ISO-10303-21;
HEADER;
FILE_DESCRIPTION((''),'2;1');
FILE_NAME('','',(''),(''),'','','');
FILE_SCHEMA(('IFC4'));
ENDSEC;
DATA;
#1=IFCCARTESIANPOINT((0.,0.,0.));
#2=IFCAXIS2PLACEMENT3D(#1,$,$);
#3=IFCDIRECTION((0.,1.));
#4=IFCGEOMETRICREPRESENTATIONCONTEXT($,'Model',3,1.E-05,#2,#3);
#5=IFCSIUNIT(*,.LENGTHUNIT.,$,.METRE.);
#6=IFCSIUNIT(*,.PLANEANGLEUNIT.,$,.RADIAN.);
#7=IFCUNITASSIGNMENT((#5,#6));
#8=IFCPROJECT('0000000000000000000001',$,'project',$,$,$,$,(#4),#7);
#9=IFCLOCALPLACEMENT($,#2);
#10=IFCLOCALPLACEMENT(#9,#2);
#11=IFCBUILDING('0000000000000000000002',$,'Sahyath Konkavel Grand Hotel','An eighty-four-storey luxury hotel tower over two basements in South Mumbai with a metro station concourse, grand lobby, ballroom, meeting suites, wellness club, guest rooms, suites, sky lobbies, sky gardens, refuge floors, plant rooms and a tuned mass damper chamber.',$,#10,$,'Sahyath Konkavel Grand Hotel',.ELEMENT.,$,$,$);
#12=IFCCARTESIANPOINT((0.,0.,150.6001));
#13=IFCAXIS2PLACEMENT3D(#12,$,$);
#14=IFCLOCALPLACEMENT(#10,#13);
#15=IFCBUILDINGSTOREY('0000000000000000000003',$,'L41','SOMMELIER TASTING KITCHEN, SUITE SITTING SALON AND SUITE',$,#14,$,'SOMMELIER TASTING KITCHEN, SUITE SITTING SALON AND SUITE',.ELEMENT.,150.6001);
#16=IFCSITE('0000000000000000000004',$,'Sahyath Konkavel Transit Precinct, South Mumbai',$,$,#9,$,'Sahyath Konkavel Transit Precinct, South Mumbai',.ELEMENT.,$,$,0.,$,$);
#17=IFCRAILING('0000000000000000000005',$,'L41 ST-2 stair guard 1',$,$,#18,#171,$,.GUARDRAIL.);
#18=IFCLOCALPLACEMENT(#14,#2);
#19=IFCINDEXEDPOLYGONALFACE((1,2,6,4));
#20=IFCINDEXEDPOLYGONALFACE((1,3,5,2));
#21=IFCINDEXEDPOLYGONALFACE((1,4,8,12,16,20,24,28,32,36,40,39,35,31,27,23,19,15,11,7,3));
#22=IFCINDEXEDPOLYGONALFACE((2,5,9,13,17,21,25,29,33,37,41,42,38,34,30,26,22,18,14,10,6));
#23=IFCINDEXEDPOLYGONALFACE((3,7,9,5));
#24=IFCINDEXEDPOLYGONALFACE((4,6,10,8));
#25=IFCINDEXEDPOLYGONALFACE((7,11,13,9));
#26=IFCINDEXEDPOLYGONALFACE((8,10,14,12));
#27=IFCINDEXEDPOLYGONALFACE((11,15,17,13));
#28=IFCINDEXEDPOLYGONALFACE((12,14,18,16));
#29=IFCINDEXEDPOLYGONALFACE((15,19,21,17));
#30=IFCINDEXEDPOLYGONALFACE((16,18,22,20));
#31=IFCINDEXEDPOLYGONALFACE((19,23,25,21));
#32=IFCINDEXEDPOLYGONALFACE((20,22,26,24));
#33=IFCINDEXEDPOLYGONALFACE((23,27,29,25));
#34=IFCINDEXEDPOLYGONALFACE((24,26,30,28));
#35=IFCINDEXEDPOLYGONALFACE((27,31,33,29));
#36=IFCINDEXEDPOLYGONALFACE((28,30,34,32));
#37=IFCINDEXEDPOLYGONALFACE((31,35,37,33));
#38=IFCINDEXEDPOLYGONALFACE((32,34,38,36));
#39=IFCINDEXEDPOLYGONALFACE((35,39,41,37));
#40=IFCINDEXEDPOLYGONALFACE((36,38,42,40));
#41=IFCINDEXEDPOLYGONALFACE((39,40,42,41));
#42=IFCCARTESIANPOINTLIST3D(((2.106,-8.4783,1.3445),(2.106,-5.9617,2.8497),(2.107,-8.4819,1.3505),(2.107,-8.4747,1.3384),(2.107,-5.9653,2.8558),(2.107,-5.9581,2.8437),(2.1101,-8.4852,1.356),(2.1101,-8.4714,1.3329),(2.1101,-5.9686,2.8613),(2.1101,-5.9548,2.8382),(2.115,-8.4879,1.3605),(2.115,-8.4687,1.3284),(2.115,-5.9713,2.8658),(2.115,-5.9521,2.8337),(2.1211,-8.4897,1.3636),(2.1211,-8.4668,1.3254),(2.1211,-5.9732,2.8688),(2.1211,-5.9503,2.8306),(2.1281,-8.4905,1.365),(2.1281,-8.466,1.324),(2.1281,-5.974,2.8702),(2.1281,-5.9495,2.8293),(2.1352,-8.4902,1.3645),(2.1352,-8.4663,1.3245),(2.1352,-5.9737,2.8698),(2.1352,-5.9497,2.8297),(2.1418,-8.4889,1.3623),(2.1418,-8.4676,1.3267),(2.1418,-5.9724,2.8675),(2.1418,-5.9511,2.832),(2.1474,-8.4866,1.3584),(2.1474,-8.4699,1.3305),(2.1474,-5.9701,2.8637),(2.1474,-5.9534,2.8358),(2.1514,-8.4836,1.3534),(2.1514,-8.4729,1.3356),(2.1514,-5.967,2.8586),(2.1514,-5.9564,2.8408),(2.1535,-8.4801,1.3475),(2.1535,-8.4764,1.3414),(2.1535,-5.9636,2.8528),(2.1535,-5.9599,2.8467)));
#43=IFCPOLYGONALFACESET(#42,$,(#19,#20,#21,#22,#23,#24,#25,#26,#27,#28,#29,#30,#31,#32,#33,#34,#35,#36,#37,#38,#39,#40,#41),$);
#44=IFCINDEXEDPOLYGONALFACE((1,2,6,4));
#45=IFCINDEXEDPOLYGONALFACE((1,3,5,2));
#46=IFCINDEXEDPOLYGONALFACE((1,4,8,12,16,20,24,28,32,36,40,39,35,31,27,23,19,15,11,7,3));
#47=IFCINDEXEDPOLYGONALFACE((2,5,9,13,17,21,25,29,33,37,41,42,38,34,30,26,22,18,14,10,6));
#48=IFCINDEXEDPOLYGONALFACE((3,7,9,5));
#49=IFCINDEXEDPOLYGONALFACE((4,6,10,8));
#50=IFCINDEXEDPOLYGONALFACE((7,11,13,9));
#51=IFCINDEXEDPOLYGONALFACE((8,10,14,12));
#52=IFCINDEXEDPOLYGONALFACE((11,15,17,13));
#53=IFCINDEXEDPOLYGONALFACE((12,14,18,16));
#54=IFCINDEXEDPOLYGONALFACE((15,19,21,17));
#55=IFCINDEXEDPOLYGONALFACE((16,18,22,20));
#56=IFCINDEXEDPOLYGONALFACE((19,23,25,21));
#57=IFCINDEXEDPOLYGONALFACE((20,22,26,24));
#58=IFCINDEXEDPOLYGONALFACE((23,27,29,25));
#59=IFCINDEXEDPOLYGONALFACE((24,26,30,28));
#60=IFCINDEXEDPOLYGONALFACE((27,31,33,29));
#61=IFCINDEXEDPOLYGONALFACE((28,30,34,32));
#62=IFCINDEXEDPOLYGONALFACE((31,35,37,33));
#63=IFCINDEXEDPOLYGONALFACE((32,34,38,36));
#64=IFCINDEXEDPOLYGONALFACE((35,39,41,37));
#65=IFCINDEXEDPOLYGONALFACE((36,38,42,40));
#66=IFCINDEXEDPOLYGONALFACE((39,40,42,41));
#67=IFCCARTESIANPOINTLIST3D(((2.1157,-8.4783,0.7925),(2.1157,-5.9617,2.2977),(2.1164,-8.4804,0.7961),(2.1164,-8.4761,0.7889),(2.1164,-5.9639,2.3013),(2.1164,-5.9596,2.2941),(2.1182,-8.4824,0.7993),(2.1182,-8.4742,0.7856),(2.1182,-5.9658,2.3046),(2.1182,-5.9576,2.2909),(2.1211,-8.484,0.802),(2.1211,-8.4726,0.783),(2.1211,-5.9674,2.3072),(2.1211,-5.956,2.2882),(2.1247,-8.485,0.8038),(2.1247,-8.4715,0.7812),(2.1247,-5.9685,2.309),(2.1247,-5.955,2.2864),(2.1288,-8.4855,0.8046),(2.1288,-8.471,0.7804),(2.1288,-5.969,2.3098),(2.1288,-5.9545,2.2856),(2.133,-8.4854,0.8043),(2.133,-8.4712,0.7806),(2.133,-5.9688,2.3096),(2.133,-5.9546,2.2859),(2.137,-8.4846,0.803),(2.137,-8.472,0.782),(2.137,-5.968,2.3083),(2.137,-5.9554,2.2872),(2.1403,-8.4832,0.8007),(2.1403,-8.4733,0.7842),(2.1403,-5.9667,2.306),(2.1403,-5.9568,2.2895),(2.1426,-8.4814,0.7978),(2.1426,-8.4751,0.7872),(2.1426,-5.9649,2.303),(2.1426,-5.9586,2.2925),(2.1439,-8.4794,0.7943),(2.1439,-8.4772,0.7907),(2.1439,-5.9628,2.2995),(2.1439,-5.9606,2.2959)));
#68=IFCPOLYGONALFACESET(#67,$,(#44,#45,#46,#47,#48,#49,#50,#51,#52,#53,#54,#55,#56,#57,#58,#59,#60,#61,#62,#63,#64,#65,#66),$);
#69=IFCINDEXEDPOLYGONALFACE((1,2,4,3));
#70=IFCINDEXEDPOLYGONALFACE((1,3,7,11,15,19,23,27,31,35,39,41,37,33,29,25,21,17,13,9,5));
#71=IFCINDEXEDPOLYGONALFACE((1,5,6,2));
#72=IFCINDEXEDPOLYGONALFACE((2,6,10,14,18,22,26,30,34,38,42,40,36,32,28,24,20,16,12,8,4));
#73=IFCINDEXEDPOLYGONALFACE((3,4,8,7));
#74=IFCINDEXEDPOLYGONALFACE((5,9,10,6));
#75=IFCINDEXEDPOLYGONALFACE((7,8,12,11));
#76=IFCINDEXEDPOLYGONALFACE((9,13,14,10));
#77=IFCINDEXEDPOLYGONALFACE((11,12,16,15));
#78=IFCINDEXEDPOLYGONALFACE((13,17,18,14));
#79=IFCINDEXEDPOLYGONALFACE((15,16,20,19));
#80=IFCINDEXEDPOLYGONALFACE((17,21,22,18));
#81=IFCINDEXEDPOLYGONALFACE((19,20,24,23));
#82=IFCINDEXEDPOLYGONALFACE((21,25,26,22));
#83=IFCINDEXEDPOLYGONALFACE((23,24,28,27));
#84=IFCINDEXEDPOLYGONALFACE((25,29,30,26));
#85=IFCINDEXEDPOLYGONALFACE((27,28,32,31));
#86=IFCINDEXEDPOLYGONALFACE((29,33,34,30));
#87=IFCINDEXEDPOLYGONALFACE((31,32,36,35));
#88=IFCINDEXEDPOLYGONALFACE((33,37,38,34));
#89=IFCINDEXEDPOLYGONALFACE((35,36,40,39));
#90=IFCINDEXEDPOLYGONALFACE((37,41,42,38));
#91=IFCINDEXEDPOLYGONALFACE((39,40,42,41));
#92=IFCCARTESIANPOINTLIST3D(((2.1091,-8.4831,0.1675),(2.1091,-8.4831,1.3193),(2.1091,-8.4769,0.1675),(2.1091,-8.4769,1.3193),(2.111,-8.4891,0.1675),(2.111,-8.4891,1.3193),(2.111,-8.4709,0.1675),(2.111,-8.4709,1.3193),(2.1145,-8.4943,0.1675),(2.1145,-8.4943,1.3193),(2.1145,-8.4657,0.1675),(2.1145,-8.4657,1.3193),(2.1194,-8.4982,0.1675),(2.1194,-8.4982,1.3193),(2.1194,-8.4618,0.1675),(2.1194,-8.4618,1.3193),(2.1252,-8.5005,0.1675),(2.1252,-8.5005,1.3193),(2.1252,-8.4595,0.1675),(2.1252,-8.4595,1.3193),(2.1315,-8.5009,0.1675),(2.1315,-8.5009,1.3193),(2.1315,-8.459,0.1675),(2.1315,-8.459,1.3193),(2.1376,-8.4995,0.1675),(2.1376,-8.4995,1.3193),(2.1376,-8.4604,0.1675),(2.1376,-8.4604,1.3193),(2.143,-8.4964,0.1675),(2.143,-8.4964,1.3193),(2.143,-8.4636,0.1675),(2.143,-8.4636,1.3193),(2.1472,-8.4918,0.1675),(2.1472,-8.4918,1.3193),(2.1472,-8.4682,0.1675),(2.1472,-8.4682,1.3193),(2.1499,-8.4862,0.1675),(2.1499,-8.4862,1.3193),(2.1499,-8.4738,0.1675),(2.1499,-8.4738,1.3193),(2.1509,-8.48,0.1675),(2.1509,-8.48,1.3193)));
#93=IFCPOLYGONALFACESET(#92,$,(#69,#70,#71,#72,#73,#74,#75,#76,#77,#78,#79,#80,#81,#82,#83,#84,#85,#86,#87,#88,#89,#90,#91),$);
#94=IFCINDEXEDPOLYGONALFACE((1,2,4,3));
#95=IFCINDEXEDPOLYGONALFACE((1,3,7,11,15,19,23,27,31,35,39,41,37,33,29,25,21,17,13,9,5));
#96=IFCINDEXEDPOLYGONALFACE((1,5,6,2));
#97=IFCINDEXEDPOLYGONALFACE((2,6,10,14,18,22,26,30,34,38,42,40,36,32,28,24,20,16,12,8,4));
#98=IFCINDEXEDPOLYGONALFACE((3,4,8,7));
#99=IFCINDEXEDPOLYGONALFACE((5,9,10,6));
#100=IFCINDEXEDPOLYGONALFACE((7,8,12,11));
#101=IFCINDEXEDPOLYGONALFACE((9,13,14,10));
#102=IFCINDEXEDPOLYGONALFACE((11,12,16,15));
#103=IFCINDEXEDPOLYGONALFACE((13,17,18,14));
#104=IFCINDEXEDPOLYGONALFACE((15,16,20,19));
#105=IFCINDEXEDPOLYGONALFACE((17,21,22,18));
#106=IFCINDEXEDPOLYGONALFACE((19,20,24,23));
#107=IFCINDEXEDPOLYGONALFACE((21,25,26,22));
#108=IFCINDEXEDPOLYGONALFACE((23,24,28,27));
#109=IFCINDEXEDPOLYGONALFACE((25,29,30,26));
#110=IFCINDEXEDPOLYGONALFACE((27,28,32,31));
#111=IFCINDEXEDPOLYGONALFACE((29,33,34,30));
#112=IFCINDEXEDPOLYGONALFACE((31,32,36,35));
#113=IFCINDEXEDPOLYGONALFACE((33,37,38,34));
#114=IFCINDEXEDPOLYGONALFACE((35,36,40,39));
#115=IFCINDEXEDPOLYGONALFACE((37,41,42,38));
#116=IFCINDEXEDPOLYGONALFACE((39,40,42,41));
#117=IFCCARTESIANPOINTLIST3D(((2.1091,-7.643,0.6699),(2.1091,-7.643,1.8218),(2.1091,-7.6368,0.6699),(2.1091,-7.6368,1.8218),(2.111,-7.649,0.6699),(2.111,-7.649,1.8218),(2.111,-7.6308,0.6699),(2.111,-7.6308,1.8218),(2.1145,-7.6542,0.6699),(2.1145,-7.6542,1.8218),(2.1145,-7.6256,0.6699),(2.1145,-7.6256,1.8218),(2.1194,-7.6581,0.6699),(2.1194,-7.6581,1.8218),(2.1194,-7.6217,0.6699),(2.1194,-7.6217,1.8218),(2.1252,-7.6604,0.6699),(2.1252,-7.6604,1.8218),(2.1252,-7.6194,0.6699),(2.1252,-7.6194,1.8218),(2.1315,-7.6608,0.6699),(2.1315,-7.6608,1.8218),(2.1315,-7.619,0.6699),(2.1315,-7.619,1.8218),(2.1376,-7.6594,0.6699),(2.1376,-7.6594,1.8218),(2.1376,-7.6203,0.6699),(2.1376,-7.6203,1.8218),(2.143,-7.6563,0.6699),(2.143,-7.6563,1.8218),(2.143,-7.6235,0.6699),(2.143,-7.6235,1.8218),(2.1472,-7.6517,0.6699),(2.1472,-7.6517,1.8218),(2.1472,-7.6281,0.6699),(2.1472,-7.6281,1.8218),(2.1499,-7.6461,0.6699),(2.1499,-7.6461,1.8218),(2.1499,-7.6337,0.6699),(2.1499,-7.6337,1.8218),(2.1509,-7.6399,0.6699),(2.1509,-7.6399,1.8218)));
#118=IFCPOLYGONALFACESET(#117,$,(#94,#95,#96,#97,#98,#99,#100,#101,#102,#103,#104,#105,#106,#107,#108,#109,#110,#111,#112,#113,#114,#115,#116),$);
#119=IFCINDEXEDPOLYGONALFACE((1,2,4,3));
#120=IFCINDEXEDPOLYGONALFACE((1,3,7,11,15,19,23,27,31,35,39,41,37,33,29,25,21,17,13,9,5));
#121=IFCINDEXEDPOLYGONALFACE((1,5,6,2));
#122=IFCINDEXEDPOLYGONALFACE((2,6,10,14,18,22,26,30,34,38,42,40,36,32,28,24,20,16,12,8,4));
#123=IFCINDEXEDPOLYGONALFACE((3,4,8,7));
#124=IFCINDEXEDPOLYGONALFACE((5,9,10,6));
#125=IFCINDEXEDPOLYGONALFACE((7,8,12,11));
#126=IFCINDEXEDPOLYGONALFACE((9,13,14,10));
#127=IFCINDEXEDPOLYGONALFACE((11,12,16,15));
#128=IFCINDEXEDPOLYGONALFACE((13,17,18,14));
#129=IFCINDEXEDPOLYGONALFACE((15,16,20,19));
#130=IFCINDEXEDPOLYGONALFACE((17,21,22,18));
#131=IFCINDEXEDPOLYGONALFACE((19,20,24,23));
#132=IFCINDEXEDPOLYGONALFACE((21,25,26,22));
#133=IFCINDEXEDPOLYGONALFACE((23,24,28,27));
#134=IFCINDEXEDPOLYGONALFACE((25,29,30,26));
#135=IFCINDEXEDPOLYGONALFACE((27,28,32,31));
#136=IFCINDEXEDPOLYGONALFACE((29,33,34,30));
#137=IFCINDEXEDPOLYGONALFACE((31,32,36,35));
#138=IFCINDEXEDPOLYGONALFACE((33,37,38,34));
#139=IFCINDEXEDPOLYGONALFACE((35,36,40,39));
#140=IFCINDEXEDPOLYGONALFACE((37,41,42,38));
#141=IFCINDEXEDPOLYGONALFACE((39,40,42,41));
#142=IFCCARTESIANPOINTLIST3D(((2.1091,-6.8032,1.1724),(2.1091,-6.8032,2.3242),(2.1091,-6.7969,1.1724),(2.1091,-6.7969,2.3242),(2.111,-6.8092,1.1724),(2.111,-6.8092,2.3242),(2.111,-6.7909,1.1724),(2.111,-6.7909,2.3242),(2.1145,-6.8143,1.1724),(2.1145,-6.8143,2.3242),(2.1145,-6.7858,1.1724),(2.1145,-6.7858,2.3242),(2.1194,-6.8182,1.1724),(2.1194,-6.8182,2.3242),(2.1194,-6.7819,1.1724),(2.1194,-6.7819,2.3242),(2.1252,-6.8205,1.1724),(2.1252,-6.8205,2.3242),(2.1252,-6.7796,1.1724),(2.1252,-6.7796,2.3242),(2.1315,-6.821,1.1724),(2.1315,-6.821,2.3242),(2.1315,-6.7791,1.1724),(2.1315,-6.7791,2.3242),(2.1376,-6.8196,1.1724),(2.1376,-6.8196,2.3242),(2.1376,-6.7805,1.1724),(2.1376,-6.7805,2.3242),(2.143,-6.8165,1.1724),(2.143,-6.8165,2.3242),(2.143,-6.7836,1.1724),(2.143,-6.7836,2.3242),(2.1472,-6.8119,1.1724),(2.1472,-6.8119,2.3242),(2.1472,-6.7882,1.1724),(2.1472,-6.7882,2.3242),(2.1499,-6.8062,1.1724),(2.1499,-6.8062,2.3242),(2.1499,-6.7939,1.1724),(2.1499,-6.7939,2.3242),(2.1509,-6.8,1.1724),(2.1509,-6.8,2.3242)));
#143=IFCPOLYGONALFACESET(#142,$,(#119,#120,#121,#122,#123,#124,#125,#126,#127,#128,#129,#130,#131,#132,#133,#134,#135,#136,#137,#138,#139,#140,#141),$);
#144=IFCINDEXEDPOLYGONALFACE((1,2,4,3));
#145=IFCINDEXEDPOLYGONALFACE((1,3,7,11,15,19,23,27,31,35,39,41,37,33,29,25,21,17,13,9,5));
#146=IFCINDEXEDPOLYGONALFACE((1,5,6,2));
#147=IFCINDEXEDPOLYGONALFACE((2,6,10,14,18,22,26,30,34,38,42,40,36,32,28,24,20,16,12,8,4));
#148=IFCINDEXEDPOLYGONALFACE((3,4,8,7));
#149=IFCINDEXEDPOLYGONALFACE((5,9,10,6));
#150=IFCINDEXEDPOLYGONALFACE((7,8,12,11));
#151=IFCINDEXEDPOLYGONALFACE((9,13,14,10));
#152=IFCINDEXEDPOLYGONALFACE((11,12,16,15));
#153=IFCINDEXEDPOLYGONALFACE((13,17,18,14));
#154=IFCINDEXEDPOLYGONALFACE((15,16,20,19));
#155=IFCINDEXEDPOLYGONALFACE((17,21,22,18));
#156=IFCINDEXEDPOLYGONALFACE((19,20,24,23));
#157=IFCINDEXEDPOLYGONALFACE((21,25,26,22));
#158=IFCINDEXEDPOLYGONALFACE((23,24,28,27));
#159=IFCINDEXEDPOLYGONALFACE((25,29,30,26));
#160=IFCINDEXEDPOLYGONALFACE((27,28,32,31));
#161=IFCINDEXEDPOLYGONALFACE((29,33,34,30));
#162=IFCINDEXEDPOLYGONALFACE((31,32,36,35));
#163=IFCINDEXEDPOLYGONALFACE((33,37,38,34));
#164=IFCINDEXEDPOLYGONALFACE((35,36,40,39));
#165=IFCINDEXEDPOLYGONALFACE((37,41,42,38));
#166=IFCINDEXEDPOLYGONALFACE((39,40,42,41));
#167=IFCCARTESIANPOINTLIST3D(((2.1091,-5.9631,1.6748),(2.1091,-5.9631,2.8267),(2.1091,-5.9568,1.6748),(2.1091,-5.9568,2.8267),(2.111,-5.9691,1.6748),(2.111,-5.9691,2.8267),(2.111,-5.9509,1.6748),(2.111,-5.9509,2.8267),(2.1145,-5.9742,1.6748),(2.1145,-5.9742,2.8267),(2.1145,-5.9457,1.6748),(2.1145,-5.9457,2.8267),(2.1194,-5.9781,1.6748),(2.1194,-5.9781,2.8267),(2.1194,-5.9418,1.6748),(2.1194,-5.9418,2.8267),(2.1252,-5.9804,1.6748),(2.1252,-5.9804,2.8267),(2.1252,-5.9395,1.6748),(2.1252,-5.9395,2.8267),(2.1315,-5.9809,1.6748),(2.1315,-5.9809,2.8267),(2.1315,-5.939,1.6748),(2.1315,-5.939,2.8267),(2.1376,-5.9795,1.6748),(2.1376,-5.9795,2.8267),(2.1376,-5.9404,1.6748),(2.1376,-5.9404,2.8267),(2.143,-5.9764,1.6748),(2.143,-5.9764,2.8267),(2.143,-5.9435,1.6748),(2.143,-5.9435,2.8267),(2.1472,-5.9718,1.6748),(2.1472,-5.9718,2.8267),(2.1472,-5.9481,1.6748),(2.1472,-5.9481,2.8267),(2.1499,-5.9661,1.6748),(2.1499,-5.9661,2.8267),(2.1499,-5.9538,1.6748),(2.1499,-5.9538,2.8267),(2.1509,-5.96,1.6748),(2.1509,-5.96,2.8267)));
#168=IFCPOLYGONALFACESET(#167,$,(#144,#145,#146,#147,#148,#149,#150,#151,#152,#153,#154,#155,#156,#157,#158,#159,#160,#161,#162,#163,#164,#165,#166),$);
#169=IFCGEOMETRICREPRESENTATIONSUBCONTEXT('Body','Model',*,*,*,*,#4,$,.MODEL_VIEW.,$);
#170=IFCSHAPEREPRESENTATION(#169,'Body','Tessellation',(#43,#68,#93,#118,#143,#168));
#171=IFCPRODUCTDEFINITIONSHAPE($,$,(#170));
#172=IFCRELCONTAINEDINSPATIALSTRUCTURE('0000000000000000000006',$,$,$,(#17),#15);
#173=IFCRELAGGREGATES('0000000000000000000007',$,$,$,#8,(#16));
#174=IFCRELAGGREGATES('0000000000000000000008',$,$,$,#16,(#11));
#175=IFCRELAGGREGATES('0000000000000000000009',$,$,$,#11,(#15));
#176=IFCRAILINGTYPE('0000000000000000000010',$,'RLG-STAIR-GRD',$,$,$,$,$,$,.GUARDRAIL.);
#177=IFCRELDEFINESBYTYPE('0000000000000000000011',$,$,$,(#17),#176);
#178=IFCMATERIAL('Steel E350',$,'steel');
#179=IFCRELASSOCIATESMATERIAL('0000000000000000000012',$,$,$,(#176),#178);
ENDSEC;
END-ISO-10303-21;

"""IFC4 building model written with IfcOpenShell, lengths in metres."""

from ifc_helpers import new_model, si_unit, direction, frame, origin, origin_2d, place, context, subcontext, project, spatial, circle, extrude, material, type_object, element, save


model = new_model("IFC4")

# Units and contexts
model_context = context("Model", 3, precision=1e-05, world=origin(), true_north=direction((0.0, 1.0)))
body_context = subcontext(model_context, "Body", "Model", "MODEL_VIEW")
ifc_project = project(units=[si_unit("LENGTHUNIT", "METRE"), si_unit("PLANEANGLEUNIT", "RADIAN")], contexts=[model_context])

# Site, building, storey
site_placement = place(None, origin())
site = spatial("IfcSite", under=ifc_project, at=site_placement, Name="Sahyath Konkavel Transit Precinct, South Mumbai", LongName="Sahyath Konkavel Transit Precinct, South Mumbai", CompositionType="ELEMENT", RefElevation=0.0)
building_placement = place(site_placement, origin())
building = spatial("IfcBuilding", under=site, at=building_placement, Name="Sahyath Konkavel Grand Hotel", Description="An eighty-four-storey luxury hotel tower over two basements in South Mumbai with a metro station concourse, grand lobby, ballroom, meeting suites, wellness club, guest rooms, suites, sky lobbies, sky gardens, refuge floors, plant rooms and a tuned mass damper chamber.", LongName="Sahyath Konkavel Grand Hotel", CompositionType="ELEMENT")
storey_placement = place(building_placement, frame((0.0, 0.0, 150.6001)))
storey = spatial("IfcBuildingStorey", under=building, at=storey_placement, Name="L41", Description="SOMMELIER TASTING KITCHEN, SUITE SITTING SALON AND SUITE", LongName="SOMMELIER TASTING KITCHEN, SUITE SITTING SALON AND SUITE", CompositionType="ELEMENT", Elevation=150.6001)

# Shared definitions
ifc_material_1 = material(Name="Steel E350", Category="steel")

# Railing
railing_type_1 = type_object("IfcRailingType", Name="RLG-STAIR-GRD", PredefinedType="GUARDRAIL", material=ifc_material_1)
railing_1_placement = place(storey_placement, frame((2.1299, -8.48, 0.1675)))
element("IfcRailing", 1, at=railing_1_placement, inside=storey, type_object=railing_type_1, Name="L41 ST-2 stair guard 1", PredefinedType="GUARDRAIL", context=body_context, shape_type="SweptSolid", body=[
    extrude(circle(Radius=0.0239, at=origin_2d()), frame((0.0, 0.0017, 1.177), z_axis=(0.0, 0.858196, 0.513321), x_axis=(-1.0, 0.0, 0.0)), (0.0, 0.0, 1.0), 2.9324),
    extrude(circle(Radius=0.0142, at=origin_2d()), frame((0.0, 0.0017, 0.625), z_axis=(0.0, 0.858196, 0.513321), x_axis=(-1.0, 0.0, 0.0)), (0.0, 0.0, 1.0), 2.9324),
    extrude(circle(Radius=0.021, at=origin_2d()), origin(), (0.0, 0.0, 1.0), 1.1519),
    extrude(circle(Radius=0.021, at=origin_2d()), frame((0.0, 0.8401, 0.5024)), (0.0, 0.0, 1.0), 1.1519),
    extrude(circle(Radius=0.021, at=origin_2d()), frame((0.0, 1.6799, 1.0049)), (0.0, 0.0, 1.0), 1.1519),
    extrude(circle(Radius=0.021, at=origin_2d()), frame((0.0, 2.52, 1.5073)), (0.0, 0.0, 1.0), 1.1519),
])

save(model, "model.ifc")
